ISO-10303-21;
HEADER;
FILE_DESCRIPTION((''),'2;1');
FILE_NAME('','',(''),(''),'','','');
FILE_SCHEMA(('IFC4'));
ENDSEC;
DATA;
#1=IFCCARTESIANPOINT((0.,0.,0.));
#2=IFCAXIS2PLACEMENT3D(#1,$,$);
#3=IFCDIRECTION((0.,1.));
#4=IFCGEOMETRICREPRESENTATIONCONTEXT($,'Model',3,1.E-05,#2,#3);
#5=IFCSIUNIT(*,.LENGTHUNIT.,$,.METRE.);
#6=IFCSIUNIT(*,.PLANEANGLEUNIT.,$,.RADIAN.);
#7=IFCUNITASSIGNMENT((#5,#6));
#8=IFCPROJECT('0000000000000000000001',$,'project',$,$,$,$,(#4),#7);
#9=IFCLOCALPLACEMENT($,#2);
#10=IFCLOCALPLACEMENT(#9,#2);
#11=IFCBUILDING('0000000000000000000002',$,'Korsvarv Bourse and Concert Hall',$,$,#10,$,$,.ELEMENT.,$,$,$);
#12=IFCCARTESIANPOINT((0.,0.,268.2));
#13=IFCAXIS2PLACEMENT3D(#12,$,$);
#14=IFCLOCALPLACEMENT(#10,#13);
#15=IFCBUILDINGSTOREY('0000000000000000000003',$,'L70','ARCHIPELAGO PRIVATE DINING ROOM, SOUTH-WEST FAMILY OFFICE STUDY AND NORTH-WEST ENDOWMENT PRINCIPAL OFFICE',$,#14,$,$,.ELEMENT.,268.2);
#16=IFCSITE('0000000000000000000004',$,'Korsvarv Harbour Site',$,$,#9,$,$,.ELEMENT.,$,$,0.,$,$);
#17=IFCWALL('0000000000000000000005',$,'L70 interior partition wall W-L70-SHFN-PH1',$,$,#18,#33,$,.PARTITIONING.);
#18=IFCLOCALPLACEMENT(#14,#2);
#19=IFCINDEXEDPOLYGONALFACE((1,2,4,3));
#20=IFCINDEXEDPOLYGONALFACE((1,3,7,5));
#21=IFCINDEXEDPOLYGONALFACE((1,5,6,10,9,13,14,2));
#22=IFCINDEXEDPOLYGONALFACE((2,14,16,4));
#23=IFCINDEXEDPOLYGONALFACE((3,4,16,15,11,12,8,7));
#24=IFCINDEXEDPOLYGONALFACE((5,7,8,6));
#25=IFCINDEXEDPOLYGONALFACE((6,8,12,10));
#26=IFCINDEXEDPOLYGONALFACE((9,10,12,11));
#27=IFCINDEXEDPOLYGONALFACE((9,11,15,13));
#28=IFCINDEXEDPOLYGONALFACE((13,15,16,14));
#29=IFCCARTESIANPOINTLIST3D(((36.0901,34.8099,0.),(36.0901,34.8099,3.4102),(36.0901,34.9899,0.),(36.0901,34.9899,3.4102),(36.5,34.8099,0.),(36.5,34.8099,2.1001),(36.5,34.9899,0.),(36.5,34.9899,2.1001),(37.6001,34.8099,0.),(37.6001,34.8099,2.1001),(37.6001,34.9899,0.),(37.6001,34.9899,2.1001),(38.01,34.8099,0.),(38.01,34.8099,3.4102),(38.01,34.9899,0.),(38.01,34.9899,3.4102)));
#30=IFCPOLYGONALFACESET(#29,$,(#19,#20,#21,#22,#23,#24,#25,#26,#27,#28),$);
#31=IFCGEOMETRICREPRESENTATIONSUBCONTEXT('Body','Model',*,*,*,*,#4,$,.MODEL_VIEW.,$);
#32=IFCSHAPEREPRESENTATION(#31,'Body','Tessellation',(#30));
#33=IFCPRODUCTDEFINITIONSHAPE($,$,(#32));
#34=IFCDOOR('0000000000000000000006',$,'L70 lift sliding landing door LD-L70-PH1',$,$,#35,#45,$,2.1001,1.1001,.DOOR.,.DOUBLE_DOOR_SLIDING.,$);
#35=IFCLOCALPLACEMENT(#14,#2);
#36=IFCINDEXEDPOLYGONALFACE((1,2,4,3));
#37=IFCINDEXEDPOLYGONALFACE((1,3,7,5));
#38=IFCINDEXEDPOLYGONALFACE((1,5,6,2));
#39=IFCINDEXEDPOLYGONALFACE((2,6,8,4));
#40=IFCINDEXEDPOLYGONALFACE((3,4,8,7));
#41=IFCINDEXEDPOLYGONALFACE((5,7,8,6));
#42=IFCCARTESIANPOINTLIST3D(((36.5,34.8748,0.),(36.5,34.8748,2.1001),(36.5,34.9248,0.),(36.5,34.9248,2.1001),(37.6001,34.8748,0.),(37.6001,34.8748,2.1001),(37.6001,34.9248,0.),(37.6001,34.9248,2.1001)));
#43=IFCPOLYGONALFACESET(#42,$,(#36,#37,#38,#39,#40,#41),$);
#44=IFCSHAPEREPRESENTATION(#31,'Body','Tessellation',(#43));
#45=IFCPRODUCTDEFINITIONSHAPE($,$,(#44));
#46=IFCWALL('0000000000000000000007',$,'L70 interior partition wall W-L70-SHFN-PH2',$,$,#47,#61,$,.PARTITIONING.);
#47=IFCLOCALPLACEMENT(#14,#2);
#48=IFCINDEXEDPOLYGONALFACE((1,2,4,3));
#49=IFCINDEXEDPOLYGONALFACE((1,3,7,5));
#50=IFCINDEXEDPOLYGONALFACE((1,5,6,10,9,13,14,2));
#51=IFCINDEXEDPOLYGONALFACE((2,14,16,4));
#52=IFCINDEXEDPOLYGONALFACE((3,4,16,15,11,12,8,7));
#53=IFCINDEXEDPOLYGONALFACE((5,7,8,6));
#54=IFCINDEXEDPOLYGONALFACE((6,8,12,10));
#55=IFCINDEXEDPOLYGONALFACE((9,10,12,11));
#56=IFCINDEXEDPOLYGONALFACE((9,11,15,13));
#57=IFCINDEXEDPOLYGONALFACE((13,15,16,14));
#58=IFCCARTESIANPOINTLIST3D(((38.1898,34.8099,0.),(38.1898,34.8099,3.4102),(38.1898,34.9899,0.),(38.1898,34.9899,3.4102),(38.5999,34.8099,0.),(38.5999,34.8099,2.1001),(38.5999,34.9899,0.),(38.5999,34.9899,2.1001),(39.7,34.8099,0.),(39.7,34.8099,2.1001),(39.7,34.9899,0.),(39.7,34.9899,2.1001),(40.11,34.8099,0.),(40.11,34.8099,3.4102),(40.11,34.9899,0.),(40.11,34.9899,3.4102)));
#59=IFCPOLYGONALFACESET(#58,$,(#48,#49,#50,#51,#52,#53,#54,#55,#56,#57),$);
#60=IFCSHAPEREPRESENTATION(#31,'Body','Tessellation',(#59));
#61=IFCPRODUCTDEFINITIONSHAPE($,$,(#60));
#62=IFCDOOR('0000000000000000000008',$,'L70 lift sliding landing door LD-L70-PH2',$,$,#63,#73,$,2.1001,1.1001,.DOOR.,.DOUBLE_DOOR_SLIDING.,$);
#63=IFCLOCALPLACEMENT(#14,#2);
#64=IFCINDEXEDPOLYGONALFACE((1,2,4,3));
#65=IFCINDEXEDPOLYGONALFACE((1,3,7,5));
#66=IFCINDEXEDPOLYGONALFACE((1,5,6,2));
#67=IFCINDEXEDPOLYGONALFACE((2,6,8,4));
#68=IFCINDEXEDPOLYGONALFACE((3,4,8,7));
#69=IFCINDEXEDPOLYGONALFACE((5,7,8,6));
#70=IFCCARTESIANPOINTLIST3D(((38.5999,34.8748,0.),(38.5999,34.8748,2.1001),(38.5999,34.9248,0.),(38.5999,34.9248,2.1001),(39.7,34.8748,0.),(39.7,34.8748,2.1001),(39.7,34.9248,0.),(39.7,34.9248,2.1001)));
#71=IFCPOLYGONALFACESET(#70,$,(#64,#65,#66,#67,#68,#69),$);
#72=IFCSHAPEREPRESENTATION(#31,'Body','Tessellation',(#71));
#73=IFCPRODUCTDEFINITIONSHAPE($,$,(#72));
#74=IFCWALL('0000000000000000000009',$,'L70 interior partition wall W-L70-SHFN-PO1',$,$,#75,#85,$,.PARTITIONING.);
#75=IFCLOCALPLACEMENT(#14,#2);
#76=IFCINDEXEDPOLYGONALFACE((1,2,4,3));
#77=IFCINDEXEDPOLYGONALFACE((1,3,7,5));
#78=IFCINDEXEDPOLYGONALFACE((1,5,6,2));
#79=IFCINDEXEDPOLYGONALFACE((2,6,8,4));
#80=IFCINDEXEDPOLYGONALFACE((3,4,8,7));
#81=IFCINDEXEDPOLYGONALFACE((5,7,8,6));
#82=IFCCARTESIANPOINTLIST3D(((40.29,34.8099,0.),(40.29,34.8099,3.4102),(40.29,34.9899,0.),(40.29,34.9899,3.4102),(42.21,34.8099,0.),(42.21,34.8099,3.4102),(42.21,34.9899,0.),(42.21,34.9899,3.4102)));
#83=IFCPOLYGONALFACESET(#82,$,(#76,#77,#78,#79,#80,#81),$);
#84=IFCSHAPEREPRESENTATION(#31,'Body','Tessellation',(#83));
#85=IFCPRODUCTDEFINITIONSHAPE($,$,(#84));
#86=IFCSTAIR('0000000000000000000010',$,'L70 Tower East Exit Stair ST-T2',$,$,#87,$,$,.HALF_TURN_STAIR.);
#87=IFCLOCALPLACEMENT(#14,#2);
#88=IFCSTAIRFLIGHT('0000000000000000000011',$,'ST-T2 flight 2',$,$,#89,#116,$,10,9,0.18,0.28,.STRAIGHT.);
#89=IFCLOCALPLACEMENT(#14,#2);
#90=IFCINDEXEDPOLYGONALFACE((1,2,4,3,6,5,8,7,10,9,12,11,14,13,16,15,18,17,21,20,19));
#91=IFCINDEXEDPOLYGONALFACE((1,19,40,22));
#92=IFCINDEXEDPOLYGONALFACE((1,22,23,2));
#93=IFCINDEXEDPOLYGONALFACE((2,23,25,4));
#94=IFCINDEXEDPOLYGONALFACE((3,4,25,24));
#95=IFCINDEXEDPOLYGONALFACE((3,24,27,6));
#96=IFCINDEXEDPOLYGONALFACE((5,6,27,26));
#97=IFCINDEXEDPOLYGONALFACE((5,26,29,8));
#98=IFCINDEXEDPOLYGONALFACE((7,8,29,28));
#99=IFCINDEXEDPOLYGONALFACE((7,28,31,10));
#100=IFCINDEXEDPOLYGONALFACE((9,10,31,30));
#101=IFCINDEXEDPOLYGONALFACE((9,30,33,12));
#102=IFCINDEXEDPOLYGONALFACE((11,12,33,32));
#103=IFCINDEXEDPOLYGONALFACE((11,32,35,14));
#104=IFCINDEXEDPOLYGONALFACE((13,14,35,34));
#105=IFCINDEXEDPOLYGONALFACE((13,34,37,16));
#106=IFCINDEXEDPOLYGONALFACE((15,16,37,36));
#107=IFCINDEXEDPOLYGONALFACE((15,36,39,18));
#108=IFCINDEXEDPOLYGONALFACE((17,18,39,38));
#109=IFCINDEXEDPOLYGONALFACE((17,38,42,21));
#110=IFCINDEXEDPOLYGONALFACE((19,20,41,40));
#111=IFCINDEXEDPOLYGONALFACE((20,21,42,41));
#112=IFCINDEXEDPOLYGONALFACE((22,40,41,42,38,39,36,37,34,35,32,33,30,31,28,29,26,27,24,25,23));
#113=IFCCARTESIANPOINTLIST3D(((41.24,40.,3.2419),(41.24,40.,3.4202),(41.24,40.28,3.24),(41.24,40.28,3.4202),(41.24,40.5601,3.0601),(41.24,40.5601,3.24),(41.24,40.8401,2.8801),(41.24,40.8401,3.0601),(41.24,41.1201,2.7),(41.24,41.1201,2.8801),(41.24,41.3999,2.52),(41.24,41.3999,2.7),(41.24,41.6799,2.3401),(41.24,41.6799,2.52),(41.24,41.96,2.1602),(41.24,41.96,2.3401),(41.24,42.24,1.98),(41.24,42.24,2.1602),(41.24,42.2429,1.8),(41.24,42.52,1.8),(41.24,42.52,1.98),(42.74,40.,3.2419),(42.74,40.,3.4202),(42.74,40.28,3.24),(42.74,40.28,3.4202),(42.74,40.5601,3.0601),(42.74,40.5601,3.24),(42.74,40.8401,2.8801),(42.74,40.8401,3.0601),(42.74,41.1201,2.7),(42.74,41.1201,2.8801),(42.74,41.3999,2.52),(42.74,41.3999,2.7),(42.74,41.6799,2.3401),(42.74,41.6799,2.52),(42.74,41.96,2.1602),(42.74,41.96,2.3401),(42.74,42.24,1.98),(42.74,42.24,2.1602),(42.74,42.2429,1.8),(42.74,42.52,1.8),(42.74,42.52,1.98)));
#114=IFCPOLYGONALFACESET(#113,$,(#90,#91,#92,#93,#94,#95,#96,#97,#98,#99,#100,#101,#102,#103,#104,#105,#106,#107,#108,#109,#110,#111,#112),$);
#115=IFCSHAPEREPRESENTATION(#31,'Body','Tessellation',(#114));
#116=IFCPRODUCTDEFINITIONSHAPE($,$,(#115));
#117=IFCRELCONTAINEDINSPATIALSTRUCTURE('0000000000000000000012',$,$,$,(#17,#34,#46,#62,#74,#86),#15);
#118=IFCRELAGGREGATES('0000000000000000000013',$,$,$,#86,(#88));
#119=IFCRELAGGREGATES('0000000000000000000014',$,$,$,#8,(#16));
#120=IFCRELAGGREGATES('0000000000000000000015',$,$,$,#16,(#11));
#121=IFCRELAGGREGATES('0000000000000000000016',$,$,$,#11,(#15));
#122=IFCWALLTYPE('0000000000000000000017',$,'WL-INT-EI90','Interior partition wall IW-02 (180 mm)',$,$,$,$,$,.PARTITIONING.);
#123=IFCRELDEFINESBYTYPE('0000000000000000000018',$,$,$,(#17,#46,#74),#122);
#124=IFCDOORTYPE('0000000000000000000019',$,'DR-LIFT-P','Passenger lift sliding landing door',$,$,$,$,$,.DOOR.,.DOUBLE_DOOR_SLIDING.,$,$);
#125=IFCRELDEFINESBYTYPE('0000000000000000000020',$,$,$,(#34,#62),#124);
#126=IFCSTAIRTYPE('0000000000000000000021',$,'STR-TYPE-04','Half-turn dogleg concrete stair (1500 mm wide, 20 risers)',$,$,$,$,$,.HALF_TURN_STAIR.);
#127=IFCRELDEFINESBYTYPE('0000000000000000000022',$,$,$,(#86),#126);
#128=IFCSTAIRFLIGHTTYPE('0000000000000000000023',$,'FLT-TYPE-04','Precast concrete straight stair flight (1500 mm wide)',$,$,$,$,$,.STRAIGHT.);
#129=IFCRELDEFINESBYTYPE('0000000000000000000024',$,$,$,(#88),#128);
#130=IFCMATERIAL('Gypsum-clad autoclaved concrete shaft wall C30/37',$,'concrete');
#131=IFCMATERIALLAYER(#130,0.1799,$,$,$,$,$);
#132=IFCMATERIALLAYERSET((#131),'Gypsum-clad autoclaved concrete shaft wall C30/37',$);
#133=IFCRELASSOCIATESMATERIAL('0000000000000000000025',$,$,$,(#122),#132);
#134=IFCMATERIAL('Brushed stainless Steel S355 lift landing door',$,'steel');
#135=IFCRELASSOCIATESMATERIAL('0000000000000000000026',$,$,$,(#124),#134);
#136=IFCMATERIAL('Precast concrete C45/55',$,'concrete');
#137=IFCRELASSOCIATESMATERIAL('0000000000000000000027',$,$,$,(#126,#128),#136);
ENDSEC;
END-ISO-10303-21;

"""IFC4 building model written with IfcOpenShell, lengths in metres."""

from ifc_helpers import new_model, si_unit, direction, frame, frame_2d, origin, place, context, subcontext, project, spatial, polyline, rectangle, outline, extrude, material, layer, layer_set, type_object, element, fill, aggregate, save


model = new_model("IFC4")

# Units and contexts
model_context = context("Model", 3, precision=1e-05, world=origin(), true_north=direction((0.0, 1.0)))
body_context = subcontext(model_context, "Body", "Model", "MODEL_VIEW")
ifc_project = project(units=[si_unit("LENGTHUNIT", "METRE"), si_unit("PLANEANGLEUNIT", "RADIAN")], contexts=[model_context])

# Site, building, storey
site_placement = place(None, origin())
site = spatial("IfcSite", under=ifc_project, at=site_placement, Name="Korsvarv Harbour Site", CompositionType="ELEMENT", RefElevation=0.0)
building_placement = place(site_placement, origin())
building = spatial("IfcBuilding", under=site, at=building_placement, Name="Korsvarv Bourse and Concert Hall", CompositionType="ELEMENT")
storey_placement = place(building_placement, frame((0.0, 0.0, 268.2)))
storey = spatial("IfcBuildingStorey", under=building, at=storey_placement, Name="L70", Description="ARCHIPELAGO PRIVATE DINING ROOM, SOUTH-WEST FAMILY OFFICE STUDY AND NORTH-WEST ENDOWMENT PRINCIPAL OFFICE", CompositionType="ELEMENT", Elevation=268.2)

# Walls, openings, doors
ifc_material_1 = material(Name="Gypsum-clad autoclaved concrete shaft wall C30/37", Category="concrete")
ifc_layer_1 = layer(ifc_material_1, 0.1799)
ifc_layer_set_1 = layer_set([ifc_layer_1], Name="Gypsum-clad autoclaved concrete shaft wall C30/37")
wall_type_1 = type_object("IfcWallType", Name="WL-INT-EI90", Description="Interior partition wall IW-02 (180 mm)", PredefinedType="PARTITIONING", material=ifc_layer_set_1)
wall_1_placement = place(storey_placement, frame((36.0901, 34.8999, 0.0), z_axis=(0.0, 0.0, 1.0), x_axis=(1.0, 0.0, 0.0)))
wall_1 = element("IfcWall", 1, at=wall_1_placement, inside=storey, type_object=wall_type_1, Name="L70 interior partition wall W-L70-SHFN-PH1", PredefinedType="PARTITIONING", context=body_context, shape_type="SweptSolid", body=[
    extrude(rectangle(XDim=1.9199, YDim=0.1799, at=frame_2d((0.96, 0.0))), origin(), (0.0, 0.0, 1.0), 3.4102),
])
opening_1_placement = place(wall_1_placement, frame((0.4099, 0.0, 0.0)))
opening_1 = element("IfcOpeningElement", 2, at=opening_1_placement, cuts=wall_1, PredefinedType="OPENING", context=body_context, shape_type="SweptSolid", body=[
    extrude(rectangle(XDim=1.1001, YDim=2.1001, at=frame_2d((0.55, 1.05))), frame((0.0, 0.1001, 0.0), z_axis=(0.0, -1.0, 0.0), x_axis=(1.0, 0.0, 0.0)), (0.0, 0.0, 1.0), 0.2),
])
ifc_material_2 = material(Name="Brushed stainless Steel S355 lift landing door", Category="steel")
door_type_1 = type_object("IfcDoorType", Name="DR-LIFT-P", Description="Passenger lift sliding landing door", OperationType="DOUBLE_DOOR_SLIDING", PredefinedType="DOOR", material=ifc_material_2)
door_1_placement = place(opening_1_placement, origin())
door_1 = element("IfcDoor", 3, at=door_1_placement, inside=storey, type_object=door_type_1, Name="L70 lift sliding landing door LD-L70-PH1", OperationType="DOUBLE_DOOR_SLIDING", OverallHeight=2.1001, OverallWidth=1.1001, PredefinedType="DOOR", context=body_context, shape_type="SweptSolid", body=[
    extrude(rectangle(XDim=1.1001, YDim=2.1001, at=frame_2d((0.55, 1.05))), frame((0.0, 0.0249, 0.0), z_axis=(0.0, -1.0, 0.0), x_axis=(1.0, 0.0, 0.0)), (0.0, 0.0, 1.0), 0.05),
])
fill(opening_1, door_1)
wall_2_placement = place(storey_placement, frame((38.1899, 34.8999, 0.0), z_axis=(0.0, 0.0, 1.0), x_axis=(1.0, 0.0, 0.0)))
wall_2 = element("IfcWall", 4, at=wall_2_placement, inside=storey, type_object=wall_type_1, Name="L70 interior partition wall W-L70-SHFN-PH2", PredefinedType="PARTITIONING", context=body_context, shape_type="SweptSolid", body=[
    extrude(rectangle(XDim=1.9202, YDim=0.1799, at=frame_2d((0.96, 0.0))), origin(), (0.0, 0.0, 1.0), 3.4102),
])
opening_2_placement = place(wall_2_placement, frame((0.4099, 0.0, 0.0)))
opening_2 = element("IfcOpeningElement", 5, at=opening_2_placement, cuts=wall_2, PredefinedType="OPENING", context=body_context, shape_type="SweptSolid", body=[
    extrude(rectangle(XDim=1.1001, YDim=2.1001, at=frame_2d((0.55, 1.05))), frame((0.0, 0.1001, 0.0), z_axis=(0.0, -1.0, 0.0), x_axis=(1.0, 0.0, 0.0)), (0.0, 0.0, 1.0), 0.2),
])
door_2_placement = place(opening_2_placement, origin())
door_2 = element("IfcDoor", 6, at=door_2_placement, inside=storey, type_object=door_type_1, Name="L70 lift sliding landing door LD-L70-PH2", OperationType="DOUBLE_DOOR_SLIDING", OverallHeight=2.1001, OverallWidth=1.1001, PredefinedType="DOOR", context=body_context, shape_type="SweptSolid", body=[
    extrude(rectangle(XDim=1.1001, YDim=2.1001, at=frame_2d((0.55, 1.05))), frame((0.0, 0.0249, 0.0), z_axis=(0.0, -1.0, 0.0), x_axis=(1.0, 0.0, 0.0)), (0.0, 0.0, 1.0), 0.05),
])
fill(opening_2, door_2)

# Wall
wall_3_placement = place(storey_placement, frame((40.29, 34.8999, 0.0), z_axis=(0.0, 0.0, 1.0), x_axis=(1.0, 0.0, 0.0)))
element("IfcWall", 7, at=wall_3_placement, inside=storey, type_object=wall_type_1, Name="L70 interior partition wall W-L70-SHFN-PO1", PredefinedType="PARTITIONING", context=body_context, shape_type="SweptSolid", body=[
    extrude(rectangle(XDim=1.9199, YDim=0.1799, at=frame_2d((0.96, 0.0))), origin(), (0.0, 0.0, 1.0), 3.4102),
])

# Stair, stair flight
ifc_material_3 = material(Name="Precast concrete C45/55", Category="concrete")
stair_type = type_object("IfcStairType", Name="STR-TYPE-04", Description="Half-turn dogleg concrete stair (1500 mm wide, 20 risers)", PredefinedType="HALF_TURN_STAIR", material=ifc_material_3)
stair_placement = place(storey_placement, origin())
stair = element("IfcStair", 8, at=stair_placement, inside=storey, type_object=stair_type, Name="L70 Tower East Exit Stair ST-T2", PredefinedType="HALF_TURN_STAIR")
stair_flight_type = type_object("IfcStairFlightType", Name="FLT-TYPE-04", Description="Precast concrete straight stair flight (1500 mm wide)", PredefinedType="STRAIGHT", material=ifc_material_3)
stair_flight_placement = place(storey_placement, frame((41.99, 42.52, 1.8), z_axis=(0.0, 0.0, 1.0), x_axis=(0.0, -1.0, 0.0)))
stair_flight = element("IfcStairFlight", 9, at=stair_flight_placement, type_object=stair_flight_type, Name="ST-T2 flight 2", NumberOfRisers=10, NumberOfTreads=9, PredefinedType="STRAIGHT", RiserHeight=0.18, TreadLength=0.28, context=body_context, shape_type="SweptSolid", body=[
    extrude(outline(polyline([(0.0, 0.0), (0.0, 0.1799), (0.28, 0.1799), (0.28, 0.3601), (0.5601, 0.3601), (0.5601, 0.54), (0.8401, 0.54), (0.8401, 0.72), (1.1201, 0.72), (1.1201, 0.8999), (1.3999, 0.8999), (1.3999, 1.0801), (1.6799, 1.0801), (1.6799, 1.26), (1.96, 1.26), (1.96, 1.4399), (2.24, 1.4399), (2.24, 1.6201), (2.52, 1.6201), (2.52, 1.8), (2.52, 1.4419), (0.2771, 0.0), (0.0, 0.0)])), frame((0.0, 0.75, 0.0), z_axis=(0.0, -1.0, 0.0), x_axis=(1.0, 0.0, 0.0)), (0.0, 0.0, 1.0), 1.5),
])
aggregate(stair, [stair_flight])

save(model, "model.ifc")
